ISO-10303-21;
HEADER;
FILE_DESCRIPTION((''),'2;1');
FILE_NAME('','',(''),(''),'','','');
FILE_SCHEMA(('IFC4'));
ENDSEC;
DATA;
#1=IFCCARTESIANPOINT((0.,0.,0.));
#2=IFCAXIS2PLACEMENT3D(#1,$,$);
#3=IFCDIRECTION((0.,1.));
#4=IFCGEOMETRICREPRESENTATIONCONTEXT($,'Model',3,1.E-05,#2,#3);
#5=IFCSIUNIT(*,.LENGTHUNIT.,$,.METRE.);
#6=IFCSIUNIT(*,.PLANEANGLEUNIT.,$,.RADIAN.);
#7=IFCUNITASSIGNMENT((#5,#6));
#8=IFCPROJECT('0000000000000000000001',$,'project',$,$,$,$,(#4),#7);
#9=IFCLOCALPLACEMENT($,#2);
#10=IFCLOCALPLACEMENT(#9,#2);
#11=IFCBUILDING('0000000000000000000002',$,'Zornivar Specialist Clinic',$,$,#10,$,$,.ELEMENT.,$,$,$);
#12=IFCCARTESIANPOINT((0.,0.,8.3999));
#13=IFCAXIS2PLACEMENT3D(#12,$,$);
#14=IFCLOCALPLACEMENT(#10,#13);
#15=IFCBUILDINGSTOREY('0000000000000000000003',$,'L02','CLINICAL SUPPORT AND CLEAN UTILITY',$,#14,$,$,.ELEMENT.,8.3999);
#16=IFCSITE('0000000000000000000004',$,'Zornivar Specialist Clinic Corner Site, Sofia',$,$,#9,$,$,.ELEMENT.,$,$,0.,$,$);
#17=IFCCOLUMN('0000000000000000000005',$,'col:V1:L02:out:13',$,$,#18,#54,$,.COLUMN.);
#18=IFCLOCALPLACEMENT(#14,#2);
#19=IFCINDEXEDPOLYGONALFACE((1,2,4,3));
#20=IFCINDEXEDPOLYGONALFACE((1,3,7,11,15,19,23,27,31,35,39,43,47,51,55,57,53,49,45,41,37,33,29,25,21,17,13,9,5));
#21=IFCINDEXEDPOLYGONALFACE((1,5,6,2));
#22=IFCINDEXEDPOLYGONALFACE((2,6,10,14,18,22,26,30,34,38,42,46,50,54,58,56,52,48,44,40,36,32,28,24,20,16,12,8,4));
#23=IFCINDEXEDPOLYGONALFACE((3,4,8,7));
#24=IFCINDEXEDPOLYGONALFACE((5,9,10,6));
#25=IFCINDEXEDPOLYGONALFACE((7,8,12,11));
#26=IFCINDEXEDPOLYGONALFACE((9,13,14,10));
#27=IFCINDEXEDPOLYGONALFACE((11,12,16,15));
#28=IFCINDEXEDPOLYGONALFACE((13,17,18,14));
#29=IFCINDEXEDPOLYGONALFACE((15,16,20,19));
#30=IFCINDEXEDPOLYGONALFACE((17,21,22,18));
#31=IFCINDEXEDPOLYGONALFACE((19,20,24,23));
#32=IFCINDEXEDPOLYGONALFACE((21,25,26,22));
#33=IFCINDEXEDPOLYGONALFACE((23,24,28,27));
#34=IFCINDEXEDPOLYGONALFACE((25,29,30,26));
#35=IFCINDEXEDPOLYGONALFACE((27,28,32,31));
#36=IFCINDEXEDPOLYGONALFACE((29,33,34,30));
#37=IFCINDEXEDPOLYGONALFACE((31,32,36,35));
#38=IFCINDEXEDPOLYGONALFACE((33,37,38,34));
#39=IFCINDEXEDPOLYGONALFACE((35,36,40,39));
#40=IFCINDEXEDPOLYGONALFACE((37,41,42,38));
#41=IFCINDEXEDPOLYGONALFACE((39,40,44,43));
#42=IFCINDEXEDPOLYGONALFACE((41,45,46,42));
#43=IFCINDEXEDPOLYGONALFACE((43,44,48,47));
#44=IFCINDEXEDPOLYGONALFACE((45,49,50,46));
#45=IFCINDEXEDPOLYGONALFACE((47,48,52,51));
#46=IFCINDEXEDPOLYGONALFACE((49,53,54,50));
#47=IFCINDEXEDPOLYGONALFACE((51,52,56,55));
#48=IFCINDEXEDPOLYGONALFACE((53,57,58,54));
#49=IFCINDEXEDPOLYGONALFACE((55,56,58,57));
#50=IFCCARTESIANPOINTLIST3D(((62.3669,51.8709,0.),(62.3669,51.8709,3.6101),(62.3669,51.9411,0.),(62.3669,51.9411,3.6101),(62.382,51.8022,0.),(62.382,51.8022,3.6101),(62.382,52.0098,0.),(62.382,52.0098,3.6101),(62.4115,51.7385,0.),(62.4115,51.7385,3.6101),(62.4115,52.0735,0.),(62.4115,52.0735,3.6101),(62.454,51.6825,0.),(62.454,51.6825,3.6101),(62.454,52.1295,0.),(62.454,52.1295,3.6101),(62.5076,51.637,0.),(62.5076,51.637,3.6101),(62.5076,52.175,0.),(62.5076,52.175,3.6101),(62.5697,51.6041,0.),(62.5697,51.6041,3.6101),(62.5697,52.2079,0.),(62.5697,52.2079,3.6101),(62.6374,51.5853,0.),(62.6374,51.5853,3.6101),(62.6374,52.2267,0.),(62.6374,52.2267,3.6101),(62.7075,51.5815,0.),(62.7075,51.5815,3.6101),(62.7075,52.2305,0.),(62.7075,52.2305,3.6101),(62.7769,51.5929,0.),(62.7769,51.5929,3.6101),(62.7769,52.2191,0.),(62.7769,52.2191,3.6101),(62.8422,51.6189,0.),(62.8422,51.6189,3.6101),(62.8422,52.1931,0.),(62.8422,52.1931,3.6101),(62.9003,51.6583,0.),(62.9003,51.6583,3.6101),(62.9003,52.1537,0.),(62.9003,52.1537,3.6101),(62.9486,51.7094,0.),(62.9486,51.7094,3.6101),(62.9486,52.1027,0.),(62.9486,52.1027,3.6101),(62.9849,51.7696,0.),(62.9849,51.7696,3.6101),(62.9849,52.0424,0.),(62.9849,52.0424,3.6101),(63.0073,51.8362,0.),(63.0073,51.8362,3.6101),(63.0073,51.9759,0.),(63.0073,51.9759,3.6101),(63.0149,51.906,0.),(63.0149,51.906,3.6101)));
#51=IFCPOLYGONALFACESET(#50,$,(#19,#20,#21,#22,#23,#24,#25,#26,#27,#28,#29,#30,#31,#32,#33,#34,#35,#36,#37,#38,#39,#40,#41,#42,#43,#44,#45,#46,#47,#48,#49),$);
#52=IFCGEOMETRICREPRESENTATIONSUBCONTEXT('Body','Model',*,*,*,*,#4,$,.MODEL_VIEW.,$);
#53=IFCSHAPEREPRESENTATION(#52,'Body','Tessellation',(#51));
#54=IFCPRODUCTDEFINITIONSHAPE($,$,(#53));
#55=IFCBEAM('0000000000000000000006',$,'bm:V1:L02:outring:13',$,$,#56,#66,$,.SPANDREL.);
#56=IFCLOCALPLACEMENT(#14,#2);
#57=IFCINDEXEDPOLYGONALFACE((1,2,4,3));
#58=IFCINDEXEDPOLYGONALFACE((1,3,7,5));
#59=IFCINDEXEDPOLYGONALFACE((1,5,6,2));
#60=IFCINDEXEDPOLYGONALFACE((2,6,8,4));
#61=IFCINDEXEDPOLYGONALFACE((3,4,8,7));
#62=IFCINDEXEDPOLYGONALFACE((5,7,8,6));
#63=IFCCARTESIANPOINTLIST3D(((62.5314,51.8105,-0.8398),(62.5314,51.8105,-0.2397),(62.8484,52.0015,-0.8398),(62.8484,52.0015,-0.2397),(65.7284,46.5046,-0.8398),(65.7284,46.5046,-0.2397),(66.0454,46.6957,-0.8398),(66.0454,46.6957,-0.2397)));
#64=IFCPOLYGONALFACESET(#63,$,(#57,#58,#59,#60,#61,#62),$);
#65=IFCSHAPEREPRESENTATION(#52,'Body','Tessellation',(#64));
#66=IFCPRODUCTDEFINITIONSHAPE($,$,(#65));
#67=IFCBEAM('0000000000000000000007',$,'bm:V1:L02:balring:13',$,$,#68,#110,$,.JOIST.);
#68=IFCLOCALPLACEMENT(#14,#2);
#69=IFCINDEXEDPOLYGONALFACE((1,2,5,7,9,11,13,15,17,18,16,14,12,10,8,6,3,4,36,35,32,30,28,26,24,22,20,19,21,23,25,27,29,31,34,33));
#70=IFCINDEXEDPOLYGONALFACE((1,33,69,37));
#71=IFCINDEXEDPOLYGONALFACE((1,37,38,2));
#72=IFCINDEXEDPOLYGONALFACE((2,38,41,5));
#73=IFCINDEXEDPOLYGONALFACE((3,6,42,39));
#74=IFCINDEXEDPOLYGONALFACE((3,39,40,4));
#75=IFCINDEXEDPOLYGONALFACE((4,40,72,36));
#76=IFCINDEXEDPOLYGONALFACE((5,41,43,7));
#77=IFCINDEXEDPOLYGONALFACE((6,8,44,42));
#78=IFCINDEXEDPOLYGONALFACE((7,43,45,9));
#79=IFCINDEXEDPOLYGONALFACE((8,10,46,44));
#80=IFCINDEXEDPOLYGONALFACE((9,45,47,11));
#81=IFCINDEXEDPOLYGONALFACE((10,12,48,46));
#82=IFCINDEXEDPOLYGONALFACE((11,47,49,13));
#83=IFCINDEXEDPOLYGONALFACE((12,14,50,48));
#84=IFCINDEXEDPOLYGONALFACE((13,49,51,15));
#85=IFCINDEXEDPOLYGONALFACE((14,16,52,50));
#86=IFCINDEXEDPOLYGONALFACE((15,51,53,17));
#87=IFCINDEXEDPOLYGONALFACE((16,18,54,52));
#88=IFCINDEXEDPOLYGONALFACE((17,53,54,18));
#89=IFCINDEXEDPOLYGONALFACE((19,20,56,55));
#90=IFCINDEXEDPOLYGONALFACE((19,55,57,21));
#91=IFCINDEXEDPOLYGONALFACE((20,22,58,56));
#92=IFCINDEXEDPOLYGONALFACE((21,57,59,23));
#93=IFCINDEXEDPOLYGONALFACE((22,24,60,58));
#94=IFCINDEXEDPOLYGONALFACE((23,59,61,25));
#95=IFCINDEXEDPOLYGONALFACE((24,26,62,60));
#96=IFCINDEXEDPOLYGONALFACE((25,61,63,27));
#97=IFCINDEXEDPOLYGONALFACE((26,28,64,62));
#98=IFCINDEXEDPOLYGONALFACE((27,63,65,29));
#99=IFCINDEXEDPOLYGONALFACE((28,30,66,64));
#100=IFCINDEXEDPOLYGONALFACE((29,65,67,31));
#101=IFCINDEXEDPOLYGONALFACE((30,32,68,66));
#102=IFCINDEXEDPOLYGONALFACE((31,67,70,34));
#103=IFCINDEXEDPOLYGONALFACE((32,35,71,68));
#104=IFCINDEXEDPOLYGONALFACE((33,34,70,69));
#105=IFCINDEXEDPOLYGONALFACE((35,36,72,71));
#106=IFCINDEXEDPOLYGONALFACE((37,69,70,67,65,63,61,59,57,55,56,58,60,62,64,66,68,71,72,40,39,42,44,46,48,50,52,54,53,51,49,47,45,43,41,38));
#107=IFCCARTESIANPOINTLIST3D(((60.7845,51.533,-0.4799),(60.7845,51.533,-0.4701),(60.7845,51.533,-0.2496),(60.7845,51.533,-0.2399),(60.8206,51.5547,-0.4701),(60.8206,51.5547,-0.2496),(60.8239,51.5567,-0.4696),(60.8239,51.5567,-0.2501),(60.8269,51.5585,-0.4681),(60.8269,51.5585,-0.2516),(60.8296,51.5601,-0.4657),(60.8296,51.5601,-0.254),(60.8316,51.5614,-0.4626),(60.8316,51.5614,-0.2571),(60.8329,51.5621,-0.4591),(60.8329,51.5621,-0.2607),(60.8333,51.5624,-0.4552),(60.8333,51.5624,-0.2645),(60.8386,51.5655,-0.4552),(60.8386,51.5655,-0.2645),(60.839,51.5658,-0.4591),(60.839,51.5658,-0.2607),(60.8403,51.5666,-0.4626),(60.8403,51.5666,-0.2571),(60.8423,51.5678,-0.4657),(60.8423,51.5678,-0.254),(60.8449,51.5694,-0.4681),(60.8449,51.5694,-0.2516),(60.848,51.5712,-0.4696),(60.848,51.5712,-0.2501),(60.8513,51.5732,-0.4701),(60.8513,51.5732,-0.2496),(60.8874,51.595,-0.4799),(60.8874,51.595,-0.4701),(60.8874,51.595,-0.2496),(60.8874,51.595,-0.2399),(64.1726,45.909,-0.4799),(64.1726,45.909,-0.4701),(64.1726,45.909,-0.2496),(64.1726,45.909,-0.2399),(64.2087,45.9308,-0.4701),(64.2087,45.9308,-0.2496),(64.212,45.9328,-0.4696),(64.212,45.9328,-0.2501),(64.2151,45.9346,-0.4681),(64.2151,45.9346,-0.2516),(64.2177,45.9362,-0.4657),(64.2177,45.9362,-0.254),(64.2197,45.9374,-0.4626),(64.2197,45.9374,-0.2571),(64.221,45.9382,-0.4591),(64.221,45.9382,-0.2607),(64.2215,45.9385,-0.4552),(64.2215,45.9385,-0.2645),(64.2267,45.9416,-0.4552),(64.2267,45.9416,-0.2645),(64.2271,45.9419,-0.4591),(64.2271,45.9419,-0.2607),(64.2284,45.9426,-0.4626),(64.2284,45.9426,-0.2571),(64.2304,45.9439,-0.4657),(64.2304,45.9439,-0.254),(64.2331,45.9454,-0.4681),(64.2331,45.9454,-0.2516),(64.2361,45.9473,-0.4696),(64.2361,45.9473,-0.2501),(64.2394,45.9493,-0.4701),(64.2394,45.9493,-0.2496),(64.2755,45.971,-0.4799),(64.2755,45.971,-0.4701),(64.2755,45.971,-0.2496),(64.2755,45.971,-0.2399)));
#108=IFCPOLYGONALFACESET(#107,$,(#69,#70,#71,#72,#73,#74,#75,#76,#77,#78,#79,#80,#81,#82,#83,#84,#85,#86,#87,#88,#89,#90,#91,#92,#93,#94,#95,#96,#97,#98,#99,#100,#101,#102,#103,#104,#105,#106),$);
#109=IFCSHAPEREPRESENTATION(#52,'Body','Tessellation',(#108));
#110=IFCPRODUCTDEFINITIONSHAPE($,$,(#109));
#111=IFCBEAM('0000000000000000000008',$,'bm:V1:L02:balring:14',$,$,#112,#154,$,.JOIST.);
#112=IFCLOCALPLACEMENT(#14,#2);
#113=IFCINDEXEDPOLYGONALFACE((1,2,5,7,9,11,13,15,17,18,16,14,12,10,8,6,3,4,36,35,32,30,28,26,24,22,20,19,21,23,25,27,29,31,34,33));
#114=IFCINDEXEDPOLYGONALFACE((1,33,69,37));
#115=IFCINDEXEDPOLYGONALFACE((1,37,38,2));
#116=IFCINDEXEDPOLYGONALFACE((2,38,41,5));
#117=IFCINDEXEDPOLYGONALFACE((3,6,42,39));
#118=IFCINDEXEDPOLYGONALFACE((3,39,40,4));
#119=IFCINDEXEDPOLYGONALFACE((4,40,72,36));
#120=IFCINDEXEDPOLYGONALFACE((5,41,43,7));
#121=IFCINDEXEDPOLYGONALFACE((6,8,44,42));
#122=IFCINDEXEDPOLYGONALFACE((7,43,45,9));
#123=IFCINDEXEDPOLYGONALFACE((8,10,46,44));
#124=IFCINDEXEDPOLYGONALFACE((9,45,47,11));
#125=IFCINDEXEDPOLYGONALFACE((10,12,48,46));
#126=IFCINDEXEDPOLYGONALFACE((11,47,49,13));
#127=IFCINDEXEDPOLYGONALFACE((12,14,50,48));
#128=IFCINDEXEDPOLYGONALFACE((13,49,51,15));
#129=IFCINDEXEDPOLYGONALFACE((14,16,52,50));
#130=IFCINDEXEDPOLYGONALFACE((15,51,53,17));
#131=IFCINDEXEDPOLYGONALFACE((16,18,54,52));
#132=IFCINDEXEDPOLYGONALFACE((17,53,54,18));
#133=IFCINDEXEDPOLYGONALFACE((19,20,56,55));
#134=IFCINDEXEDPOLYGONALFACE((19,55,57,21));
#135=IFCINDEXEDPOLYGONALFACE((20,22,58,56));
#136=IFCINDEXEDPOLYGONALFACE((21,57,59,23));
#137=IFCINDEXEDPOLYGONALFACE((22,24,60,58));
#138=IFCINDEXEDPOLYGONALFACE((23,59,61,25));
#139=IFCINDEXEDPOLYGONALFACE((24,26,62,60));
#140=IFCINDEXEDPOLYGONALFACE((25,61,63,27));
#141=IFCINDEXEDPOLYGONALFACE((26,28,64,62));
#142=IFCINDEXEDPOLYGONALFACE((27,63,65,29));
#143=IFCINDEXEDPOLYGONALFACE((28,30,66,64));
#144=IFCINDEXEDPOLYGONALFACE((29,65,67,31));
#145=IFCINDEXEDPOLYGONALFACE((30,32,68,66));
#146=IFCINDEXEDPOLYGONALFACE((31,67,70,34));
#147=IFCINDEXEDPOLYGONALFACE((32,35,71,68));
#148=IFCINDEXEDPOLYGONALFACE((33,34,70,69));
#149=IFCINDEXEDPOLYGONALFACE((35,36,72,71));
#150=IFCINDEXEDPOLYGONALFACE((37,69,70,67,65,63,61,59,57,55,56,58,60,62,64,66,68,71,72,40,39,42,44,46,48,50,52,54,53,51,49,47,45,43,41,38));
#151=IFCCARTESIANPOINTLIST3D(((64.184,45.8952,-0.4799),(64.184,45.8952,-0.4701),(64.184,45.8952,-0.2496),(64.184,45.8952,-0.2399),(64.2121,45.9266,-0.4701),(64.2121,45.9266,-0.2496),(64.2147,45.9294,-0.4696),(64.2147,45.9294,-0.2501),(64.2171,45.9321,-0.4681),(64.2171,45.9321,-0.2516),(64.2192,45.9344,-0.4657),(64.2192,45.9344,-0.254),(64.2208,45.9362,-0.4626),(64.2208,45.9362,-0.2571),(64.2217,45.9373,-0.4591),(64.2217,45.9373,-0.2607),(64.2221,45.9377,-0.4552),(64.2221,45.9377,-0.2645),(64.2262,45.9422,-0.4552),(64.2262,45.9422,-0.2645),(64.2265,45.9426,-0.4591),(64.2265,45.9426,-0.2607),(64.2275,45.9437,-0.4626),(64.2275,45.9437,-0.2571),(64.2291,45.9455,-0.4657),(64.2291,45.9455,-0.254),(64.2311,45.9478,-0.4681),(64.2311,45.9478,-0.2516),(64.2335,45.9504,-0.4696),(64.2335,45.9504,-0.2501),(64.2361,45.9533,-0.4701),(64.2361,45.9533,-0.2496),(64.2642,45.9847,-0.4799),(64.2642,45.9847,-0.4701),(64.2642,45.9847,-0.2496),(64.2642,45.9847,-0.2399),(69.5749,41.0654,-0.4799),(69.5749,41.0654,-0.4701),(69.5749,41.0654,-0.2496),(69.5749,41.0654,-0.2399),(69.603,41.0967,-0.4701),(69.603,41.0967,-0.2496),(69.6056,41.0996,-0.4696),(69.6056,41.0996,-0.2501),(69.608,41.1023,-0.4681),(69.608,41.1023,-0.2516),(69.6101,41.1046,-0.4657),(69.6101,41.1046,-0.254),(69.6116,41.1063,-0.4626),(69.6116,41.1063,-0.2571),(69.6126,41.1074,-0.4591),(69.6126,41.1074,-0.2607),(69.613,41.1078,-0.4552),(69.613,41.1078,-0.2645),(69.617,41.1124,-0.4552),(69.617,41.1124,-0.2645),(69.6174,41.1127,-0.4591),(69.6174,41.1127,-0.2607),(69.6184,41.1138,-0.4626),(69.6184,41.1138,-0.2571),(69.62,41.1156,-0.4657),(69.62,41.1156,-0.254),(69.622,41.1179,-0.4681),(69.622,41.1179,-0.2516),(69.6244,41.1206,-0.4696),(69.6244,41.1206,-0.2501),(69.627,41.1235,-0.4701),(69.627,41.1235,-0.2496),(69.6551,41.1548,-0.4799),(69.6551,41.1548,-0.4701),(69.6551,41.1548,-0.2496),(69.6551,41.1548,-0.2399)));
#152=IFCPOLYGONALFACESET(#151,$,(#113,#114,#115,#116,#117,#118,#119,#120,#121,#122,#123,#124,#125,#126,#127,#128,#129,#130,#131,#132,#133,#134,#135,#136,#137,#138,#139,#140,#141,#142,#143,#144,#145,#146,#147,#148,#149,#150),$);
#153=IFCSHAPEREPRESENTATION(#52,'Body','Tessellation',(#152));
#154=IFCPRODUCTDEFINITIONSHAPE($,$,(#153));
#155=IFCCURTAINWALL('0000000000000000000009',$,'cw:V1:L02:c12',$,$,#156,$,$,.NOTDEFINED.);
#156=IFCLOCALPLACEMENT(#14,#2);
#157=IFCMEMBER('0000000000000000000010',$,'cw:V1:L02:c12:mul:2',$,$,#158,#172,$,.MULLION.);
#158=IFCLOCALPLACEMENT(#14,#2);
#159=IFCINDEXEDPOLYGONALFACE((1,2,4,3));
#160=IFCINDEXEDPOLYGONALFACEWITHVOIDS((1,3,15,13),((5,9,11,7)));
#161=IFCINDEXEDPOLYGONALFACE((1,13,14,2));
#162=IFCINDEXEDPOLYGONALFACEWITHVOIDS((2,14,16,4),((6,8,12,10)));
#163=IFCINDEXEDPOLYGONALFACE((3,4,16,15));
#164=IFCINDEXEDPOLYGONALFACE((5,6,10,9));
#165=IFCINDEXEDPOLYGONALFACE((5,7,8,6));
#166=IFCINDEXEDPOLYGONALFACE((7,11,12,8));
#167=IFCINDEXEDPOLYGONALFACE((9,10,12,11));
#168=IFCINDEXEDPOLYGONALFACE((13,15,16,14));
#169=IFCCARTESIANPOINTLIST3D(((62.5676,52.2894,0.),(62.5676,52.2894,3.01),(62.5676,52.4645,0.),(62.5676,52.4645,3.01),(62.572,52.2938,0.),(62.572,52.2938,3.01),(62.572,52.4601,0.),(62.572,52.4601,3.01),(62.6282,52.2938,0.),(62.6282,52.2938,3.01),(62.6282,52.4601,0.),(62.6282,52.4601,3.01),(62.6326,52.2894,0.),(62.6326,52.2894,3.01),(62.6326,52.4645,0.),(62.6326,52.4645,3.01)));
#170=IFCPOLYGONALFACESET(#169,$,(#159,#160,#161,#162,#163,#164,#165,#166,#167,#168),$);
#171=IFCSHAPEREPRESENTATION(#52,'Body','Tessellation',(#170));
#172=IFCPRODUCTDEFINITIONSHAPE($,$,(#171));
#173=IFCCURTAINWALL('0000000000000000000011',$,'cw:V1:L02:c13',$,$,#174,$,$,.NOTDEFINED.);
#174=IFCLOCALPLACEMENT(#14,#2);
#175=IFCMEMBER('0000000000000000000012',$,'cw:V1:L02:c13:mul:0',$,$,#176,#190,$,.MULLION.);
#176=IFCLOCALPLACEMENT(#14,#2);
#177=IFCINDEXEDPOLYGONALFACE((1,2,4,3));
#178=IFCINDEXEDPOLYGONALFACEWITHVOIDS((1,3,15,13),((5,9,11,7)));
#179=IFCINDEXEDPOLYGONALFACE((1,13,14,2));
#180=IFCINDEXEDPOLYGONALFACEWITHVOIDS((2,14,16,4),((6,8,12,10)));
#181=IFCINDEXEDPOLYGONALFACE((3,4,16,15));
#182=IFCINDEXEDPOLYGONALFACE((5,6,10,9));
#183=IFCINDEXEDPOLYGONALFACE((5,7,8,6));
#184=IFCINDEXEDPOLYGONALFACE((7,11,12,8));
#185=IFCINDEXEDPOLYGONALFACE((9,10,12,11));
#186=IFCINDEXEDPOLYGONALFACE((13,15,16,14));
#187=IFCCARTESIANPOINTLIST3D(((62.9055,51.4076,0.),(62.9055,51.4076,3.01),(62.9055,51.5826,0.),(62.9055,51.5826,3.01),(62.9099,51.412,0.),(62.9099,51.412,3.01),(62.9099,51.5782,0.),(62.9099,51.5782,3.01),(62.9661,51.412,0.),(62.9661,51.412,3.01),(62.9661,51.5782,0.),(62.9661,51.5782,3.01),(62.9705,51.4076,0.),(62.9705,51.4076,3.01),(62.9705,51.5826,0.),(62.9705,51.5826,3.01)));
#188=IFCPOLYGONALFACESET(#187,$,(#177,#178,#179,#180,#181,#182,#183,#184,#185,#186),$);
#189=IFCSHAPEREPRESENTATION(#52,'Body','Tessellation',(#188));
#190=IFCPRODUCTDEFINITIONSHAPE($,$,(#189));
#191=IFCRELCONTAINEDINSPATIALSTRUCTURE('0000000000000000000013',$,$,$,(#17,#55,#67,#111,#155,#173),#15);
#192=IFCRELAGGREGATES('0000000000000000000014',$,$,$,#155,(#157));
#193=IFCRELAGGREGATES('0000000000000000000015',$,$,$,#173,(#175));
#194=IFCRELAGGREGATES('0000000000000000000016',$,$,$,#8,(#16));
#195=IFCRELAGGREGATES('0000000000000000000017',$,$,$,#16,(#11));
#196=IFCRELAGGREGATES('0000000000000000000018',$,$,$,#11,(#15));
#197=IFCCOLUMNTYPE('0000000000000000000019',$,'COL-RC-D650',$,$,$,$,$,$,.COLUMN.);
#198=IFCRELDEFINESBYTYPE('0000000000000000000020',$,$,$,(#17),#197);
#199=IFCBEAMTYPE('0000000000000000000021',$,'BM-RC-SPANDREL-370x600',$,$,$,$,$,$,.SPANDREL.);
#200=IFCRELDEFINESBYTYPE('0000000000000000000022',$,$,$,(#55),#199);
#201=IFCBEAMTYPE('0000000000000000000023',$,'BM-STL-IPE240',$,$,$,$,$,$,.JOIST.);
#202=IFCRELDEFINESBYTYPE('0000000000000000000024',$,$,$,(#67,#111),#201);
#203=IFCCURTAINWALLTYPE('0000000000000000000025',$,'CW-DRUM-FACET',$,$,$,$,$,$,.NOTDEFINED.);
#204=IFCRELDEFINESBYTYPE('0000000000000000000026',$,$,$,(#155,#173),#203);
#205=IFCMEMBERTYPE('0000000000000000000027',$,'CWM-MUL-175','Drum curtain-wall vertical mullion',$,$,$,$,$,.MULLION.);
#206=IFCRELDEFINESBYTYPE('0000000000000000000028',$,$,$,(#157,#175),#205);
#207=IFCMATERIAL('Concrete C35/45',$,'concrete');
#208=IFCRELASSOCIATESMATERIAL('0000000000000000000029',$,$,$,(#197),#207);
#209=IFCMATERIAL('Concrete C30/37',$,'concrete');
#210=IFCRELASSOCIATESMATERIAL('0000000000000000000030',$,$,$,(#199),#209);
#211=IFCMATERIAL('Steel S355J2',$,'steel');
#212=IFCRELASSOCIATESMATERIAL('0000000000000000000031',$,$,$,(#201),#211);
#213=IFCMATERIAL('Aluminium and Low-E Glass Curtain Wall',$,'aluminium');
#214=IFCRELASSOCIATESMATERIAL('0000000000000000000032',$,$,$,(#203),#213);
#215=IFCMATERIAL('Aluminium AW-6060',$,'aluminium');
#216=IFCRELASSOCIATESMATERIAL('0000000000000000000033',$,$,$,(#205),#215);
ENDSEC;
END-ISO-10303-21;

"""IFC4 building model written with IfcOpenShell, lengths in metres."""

from ifc_helpers import new_model, si_unit, direction, frame, origin, origin_2d, place, context, subcontext, project, spatial, rectangle, hollow_rectangle, circle, i_section, extrude, material, material_profile, profile_set, type_object, element, aggregate, save


model = new_model("IFC4")

# Units and contexts
model_context = context("Model", 3, precision=1e-05, world=origin(), true_north=direction((0.0, 1.0)))
body_context = subcontext(model_context, "Body", "Model", "MODEL_VIEW")
ifc_project = project(units=[si_unit("LENGTHUNIT", "METRE"), si_unit("PLANEANGLEUNIT", "RADIAN")], contexts=[model_context])

# Site, building, storey
site_placement = place(None, origin())
site = spatial("IfcSite", under=ifc_project, at=site_placement, Name="Zornivar Specialist Clinic Corner Site, Sofia", CompositionType="ELEMENT", RefElevation=0.0)
building_placement = place(site_placement, origin())
building = spatial("IfcBuilding", under=site, at=building_placement, Name="Zornivar Specialist Clinic", CompositionType="ELEMENT")
storey_placement = place(building_placement, frame((0.0, 0.0, 8.3999)))
storey = spatial("IfcBuildingStorey", under=building, at=storey_placement, Name="L02", Description="CLINICAL SUPPORT AND CLEAN UTILITY", CompositionType="ELEMENT", Elevation=8.3999)

# Column
ifc_material_1 = material(Name="Concrete C35/45", Category="concrete")
ifc_material_profile_1 = material_profile(ifc_material_1, circle(Radius=0.325, at=origin_2d()), Name="RC D650")
ifc_profile_set_1 = profile_set([ifc_material_profile_1], Name="Concrete C35/45")
column_type = type_object("IfcColumnType", Name="COL-RC-D650", PredefinedType="COLUMN", material=ifc_profile_set_1)
column_placement = place(storey_placement, frame((62.6899, 51.906, 0.0), z_axis=(0.0, 0.0, 1.0), x_axis=(1.0, 0.0, 0.0)))
element("IfcColumn", 1, at=column_placement, inside=storey, type_object=column_type, Name="col:V1:L02:out:13", PredefinedType="COLUMN", context=body_context, shape_type="SweptSolid", body=[
    extrude(circle(Radius=0.325, at=origin_2d()), origin(), (0.0, 0.0, 1.0), 3.6101),
])

# Beams
ifc_material_2 = material(Name="Concrete C30/37", Category="concrete")
ifc_material_profile_2 = material_profile(ifc_material_2, rectangle(XDim=0.3701, YDim=0.6001, at=origin_2d()), Name="RC 370x600")
ifc_profile_set_2 = profile_set([ifc_material_profile_2], Name="Concrete C30/37")
beam_type_1 = type_object("IfcBeamType", Name="BM-RC-SPANDREL-370x600", PredefinedType="SPANDREL", material=ifc_profile_set_2)
beam_1_placement = place(storey_placement, frame((62.6899, 51.906, -0.5398), z_axis=(0.516095, -0.856532, 0.0), x_axis=(0.856532, 0.516095, 0.0)))
element("IfcBeam", 2, at=beam_1_placement, inside=storey, type_object=beam_type_1, Name="bm:V1:L02:outring:13", PredefinedType="SPANDREL", context=body_context, shape_type="SweptSolid", body=[
    extrude(rectangle(XDim=0.3701, YDim=0.6001, at=origin_2d()), origin(), (0.0, 0.0, 1.0), 6.1946),
])
ifc_material_3 = material(Name="Steel S355J2", Category="steel")
ifc_material_profile_3 = material_profile(ifc_material_3, i_section(OverallWidth=0.1201, OverallDepth=0.24, WebThickness=0.0061, FlangeThickness=0.0098, FilletRadius=0.0149, at=origin_2d()), Name="IPE 240")
ifc_profile_set_3 = profile_set([ifc_material_profile_3], Name="Steel S355J2")
beam_type_2 = type_object("IfcBeamType", Name="BM-STL-IPE240", PredefinedType="JOIST", material=ifc_profile_set_3)
beam_2_placement = place(storey_placement, frame((60.8359, 51.564, -0.3599), z_axis=(0.516037, -0.856566, 0.0), x_axis=(0.856566, 0.516037, 0.0)))
element("IfcBeam", 3, at=beam_2_placement, inside=storey, type_object=beam_type_2, Name="bm:V1:L02:balring:13", PredefinedType="JOIST", context=body_context, shape_type="SweptSolid", body=[
    extrude(i_section(OverallWidth=0.1201, OverallDepth=0.24, WebThickness=0.0061, FlangeThickness=0.0098, FilletRadius=0.0149, at=origin_2d()), origin(), (0.0, 0.0, 1.0), 6.5657),
])
beam_3_placement = place(storey_placement, frame((64.2241, 45.9399, -0.3599), z_axis=(0.7448, -0.667288, 0.0), x_axis=(0.667288, 0.7448, 0.0)))
element("IfcBeam", 4, at=beam_3_placement, inside=storey, type_object=beam_type_2, Name="bm:V1:L02:balring:14", PredefinedType="JOIST", context=body_context, shape_type="SweptSolid", body=[
    extrude(i_section(OverallWidth=0.1201, OverallDepth=0.24, WebThickness=0.0061, FlangeThickness=0.0098, FilletRadius=0.0149, at=origin_2d()), origin(), (0.0, 0.0, 1.0), 7.238),
])

# Curtain wall, member
ifc_material_4 = material(Name="Aluminium and Low-E Glass Curtain Wall", Category="aluminium")
curtain_wall_type = type_object("IfcCurtainWallType", Name="CW-DRUM-FACET", PredefinedType="NOTDEFINED", material=ifc_material_4)
curtain_wall_1_placement = place(storey_placement, origin())
curtain_wall_1 = element("IfcCurtainWall", 5, at=curtain_wall_1_placement, inside=storey, type_object=curtain_wall_type, Name="cw:V1:L02:c12", PredefinedType="NOTDEFINED")
ifc_material_5 = material(Name="Aluminium AW-6060", Category="aluminium")
ifc_material_profile_4 = material_profile(ifc_material_5, hollow_rectangle(XDim=0.0649, YDim=0.175, WallThickness=0.0044, at=origin_2d()), Name="ALU 65x175x4.5")
ifc_profile_set_4 = profile_set([ifc_material_profile_4], Name="Aluminium AW-6060")
member_type_1 = type_object("IfcMemberType", Name="CWM-MUL-175", Description="Drum curtain-wall vertical mullion", PredefinedType="MULLION", material=ifc_profile_set_4)
member_1_placement = place(storey_placement, frame((62.6001, 52.377, 0.0), z_axis=(0.0, 0.0, 1.0), x_axis=(1.0, 0.0, 0.0)))
member_1 = element("IfcMember", 6, at=member_1_placement, type_object=member_type_1, Name="cw:V1:L02:c12:mul:2", PredefinedType="MULLION", context=body_context, shape_type="SweptSolid", body=[
    extrude(hollow_rectangle(XDim=0.0649, YDim=0.175, WallThickness=0.0044, at=origin_2d()), origin(), (0.0, 0.0, 1.0), 3.01),
])

# Curtain wall, member
curtain_wall_2_placement = place(storey_placement, origin())
curtain_wall_2 = element("IfcCurtainWall", 7, at=curtain_wall_2_placement, inside=storey, type_object=curtain_wall_type, Name="cw:V1:L02:c13", PredefinedType="NOTDEFINED")
member_2_placement = place(storey_placement, frame((62.938, 51.4951, 0.0), z_axis=(0.0, 0.0, 1.0), x_axis=(1.0, 0.0, 0.0)))
member_2 = element("IfcMember", 8, at=member_2_placement, type_object=member_type_1, Name="cw:V1:L02:c13:mul:0", PredefinedType="MULLION", context=body_context, shape_type="SweptSolid", body=[
    extrude(hollow_rectangle(XDim=0.0649, YDim=0.175, WallThickness=0.0044, at=origin_2d()), origin(), (0.0, 0.0, 1.0), 3.01),
])

aggregate(curtain_wall_1, [member_1])
aggregate(curtain_wall_2, [member_2])

save(model, "model.ifc")
